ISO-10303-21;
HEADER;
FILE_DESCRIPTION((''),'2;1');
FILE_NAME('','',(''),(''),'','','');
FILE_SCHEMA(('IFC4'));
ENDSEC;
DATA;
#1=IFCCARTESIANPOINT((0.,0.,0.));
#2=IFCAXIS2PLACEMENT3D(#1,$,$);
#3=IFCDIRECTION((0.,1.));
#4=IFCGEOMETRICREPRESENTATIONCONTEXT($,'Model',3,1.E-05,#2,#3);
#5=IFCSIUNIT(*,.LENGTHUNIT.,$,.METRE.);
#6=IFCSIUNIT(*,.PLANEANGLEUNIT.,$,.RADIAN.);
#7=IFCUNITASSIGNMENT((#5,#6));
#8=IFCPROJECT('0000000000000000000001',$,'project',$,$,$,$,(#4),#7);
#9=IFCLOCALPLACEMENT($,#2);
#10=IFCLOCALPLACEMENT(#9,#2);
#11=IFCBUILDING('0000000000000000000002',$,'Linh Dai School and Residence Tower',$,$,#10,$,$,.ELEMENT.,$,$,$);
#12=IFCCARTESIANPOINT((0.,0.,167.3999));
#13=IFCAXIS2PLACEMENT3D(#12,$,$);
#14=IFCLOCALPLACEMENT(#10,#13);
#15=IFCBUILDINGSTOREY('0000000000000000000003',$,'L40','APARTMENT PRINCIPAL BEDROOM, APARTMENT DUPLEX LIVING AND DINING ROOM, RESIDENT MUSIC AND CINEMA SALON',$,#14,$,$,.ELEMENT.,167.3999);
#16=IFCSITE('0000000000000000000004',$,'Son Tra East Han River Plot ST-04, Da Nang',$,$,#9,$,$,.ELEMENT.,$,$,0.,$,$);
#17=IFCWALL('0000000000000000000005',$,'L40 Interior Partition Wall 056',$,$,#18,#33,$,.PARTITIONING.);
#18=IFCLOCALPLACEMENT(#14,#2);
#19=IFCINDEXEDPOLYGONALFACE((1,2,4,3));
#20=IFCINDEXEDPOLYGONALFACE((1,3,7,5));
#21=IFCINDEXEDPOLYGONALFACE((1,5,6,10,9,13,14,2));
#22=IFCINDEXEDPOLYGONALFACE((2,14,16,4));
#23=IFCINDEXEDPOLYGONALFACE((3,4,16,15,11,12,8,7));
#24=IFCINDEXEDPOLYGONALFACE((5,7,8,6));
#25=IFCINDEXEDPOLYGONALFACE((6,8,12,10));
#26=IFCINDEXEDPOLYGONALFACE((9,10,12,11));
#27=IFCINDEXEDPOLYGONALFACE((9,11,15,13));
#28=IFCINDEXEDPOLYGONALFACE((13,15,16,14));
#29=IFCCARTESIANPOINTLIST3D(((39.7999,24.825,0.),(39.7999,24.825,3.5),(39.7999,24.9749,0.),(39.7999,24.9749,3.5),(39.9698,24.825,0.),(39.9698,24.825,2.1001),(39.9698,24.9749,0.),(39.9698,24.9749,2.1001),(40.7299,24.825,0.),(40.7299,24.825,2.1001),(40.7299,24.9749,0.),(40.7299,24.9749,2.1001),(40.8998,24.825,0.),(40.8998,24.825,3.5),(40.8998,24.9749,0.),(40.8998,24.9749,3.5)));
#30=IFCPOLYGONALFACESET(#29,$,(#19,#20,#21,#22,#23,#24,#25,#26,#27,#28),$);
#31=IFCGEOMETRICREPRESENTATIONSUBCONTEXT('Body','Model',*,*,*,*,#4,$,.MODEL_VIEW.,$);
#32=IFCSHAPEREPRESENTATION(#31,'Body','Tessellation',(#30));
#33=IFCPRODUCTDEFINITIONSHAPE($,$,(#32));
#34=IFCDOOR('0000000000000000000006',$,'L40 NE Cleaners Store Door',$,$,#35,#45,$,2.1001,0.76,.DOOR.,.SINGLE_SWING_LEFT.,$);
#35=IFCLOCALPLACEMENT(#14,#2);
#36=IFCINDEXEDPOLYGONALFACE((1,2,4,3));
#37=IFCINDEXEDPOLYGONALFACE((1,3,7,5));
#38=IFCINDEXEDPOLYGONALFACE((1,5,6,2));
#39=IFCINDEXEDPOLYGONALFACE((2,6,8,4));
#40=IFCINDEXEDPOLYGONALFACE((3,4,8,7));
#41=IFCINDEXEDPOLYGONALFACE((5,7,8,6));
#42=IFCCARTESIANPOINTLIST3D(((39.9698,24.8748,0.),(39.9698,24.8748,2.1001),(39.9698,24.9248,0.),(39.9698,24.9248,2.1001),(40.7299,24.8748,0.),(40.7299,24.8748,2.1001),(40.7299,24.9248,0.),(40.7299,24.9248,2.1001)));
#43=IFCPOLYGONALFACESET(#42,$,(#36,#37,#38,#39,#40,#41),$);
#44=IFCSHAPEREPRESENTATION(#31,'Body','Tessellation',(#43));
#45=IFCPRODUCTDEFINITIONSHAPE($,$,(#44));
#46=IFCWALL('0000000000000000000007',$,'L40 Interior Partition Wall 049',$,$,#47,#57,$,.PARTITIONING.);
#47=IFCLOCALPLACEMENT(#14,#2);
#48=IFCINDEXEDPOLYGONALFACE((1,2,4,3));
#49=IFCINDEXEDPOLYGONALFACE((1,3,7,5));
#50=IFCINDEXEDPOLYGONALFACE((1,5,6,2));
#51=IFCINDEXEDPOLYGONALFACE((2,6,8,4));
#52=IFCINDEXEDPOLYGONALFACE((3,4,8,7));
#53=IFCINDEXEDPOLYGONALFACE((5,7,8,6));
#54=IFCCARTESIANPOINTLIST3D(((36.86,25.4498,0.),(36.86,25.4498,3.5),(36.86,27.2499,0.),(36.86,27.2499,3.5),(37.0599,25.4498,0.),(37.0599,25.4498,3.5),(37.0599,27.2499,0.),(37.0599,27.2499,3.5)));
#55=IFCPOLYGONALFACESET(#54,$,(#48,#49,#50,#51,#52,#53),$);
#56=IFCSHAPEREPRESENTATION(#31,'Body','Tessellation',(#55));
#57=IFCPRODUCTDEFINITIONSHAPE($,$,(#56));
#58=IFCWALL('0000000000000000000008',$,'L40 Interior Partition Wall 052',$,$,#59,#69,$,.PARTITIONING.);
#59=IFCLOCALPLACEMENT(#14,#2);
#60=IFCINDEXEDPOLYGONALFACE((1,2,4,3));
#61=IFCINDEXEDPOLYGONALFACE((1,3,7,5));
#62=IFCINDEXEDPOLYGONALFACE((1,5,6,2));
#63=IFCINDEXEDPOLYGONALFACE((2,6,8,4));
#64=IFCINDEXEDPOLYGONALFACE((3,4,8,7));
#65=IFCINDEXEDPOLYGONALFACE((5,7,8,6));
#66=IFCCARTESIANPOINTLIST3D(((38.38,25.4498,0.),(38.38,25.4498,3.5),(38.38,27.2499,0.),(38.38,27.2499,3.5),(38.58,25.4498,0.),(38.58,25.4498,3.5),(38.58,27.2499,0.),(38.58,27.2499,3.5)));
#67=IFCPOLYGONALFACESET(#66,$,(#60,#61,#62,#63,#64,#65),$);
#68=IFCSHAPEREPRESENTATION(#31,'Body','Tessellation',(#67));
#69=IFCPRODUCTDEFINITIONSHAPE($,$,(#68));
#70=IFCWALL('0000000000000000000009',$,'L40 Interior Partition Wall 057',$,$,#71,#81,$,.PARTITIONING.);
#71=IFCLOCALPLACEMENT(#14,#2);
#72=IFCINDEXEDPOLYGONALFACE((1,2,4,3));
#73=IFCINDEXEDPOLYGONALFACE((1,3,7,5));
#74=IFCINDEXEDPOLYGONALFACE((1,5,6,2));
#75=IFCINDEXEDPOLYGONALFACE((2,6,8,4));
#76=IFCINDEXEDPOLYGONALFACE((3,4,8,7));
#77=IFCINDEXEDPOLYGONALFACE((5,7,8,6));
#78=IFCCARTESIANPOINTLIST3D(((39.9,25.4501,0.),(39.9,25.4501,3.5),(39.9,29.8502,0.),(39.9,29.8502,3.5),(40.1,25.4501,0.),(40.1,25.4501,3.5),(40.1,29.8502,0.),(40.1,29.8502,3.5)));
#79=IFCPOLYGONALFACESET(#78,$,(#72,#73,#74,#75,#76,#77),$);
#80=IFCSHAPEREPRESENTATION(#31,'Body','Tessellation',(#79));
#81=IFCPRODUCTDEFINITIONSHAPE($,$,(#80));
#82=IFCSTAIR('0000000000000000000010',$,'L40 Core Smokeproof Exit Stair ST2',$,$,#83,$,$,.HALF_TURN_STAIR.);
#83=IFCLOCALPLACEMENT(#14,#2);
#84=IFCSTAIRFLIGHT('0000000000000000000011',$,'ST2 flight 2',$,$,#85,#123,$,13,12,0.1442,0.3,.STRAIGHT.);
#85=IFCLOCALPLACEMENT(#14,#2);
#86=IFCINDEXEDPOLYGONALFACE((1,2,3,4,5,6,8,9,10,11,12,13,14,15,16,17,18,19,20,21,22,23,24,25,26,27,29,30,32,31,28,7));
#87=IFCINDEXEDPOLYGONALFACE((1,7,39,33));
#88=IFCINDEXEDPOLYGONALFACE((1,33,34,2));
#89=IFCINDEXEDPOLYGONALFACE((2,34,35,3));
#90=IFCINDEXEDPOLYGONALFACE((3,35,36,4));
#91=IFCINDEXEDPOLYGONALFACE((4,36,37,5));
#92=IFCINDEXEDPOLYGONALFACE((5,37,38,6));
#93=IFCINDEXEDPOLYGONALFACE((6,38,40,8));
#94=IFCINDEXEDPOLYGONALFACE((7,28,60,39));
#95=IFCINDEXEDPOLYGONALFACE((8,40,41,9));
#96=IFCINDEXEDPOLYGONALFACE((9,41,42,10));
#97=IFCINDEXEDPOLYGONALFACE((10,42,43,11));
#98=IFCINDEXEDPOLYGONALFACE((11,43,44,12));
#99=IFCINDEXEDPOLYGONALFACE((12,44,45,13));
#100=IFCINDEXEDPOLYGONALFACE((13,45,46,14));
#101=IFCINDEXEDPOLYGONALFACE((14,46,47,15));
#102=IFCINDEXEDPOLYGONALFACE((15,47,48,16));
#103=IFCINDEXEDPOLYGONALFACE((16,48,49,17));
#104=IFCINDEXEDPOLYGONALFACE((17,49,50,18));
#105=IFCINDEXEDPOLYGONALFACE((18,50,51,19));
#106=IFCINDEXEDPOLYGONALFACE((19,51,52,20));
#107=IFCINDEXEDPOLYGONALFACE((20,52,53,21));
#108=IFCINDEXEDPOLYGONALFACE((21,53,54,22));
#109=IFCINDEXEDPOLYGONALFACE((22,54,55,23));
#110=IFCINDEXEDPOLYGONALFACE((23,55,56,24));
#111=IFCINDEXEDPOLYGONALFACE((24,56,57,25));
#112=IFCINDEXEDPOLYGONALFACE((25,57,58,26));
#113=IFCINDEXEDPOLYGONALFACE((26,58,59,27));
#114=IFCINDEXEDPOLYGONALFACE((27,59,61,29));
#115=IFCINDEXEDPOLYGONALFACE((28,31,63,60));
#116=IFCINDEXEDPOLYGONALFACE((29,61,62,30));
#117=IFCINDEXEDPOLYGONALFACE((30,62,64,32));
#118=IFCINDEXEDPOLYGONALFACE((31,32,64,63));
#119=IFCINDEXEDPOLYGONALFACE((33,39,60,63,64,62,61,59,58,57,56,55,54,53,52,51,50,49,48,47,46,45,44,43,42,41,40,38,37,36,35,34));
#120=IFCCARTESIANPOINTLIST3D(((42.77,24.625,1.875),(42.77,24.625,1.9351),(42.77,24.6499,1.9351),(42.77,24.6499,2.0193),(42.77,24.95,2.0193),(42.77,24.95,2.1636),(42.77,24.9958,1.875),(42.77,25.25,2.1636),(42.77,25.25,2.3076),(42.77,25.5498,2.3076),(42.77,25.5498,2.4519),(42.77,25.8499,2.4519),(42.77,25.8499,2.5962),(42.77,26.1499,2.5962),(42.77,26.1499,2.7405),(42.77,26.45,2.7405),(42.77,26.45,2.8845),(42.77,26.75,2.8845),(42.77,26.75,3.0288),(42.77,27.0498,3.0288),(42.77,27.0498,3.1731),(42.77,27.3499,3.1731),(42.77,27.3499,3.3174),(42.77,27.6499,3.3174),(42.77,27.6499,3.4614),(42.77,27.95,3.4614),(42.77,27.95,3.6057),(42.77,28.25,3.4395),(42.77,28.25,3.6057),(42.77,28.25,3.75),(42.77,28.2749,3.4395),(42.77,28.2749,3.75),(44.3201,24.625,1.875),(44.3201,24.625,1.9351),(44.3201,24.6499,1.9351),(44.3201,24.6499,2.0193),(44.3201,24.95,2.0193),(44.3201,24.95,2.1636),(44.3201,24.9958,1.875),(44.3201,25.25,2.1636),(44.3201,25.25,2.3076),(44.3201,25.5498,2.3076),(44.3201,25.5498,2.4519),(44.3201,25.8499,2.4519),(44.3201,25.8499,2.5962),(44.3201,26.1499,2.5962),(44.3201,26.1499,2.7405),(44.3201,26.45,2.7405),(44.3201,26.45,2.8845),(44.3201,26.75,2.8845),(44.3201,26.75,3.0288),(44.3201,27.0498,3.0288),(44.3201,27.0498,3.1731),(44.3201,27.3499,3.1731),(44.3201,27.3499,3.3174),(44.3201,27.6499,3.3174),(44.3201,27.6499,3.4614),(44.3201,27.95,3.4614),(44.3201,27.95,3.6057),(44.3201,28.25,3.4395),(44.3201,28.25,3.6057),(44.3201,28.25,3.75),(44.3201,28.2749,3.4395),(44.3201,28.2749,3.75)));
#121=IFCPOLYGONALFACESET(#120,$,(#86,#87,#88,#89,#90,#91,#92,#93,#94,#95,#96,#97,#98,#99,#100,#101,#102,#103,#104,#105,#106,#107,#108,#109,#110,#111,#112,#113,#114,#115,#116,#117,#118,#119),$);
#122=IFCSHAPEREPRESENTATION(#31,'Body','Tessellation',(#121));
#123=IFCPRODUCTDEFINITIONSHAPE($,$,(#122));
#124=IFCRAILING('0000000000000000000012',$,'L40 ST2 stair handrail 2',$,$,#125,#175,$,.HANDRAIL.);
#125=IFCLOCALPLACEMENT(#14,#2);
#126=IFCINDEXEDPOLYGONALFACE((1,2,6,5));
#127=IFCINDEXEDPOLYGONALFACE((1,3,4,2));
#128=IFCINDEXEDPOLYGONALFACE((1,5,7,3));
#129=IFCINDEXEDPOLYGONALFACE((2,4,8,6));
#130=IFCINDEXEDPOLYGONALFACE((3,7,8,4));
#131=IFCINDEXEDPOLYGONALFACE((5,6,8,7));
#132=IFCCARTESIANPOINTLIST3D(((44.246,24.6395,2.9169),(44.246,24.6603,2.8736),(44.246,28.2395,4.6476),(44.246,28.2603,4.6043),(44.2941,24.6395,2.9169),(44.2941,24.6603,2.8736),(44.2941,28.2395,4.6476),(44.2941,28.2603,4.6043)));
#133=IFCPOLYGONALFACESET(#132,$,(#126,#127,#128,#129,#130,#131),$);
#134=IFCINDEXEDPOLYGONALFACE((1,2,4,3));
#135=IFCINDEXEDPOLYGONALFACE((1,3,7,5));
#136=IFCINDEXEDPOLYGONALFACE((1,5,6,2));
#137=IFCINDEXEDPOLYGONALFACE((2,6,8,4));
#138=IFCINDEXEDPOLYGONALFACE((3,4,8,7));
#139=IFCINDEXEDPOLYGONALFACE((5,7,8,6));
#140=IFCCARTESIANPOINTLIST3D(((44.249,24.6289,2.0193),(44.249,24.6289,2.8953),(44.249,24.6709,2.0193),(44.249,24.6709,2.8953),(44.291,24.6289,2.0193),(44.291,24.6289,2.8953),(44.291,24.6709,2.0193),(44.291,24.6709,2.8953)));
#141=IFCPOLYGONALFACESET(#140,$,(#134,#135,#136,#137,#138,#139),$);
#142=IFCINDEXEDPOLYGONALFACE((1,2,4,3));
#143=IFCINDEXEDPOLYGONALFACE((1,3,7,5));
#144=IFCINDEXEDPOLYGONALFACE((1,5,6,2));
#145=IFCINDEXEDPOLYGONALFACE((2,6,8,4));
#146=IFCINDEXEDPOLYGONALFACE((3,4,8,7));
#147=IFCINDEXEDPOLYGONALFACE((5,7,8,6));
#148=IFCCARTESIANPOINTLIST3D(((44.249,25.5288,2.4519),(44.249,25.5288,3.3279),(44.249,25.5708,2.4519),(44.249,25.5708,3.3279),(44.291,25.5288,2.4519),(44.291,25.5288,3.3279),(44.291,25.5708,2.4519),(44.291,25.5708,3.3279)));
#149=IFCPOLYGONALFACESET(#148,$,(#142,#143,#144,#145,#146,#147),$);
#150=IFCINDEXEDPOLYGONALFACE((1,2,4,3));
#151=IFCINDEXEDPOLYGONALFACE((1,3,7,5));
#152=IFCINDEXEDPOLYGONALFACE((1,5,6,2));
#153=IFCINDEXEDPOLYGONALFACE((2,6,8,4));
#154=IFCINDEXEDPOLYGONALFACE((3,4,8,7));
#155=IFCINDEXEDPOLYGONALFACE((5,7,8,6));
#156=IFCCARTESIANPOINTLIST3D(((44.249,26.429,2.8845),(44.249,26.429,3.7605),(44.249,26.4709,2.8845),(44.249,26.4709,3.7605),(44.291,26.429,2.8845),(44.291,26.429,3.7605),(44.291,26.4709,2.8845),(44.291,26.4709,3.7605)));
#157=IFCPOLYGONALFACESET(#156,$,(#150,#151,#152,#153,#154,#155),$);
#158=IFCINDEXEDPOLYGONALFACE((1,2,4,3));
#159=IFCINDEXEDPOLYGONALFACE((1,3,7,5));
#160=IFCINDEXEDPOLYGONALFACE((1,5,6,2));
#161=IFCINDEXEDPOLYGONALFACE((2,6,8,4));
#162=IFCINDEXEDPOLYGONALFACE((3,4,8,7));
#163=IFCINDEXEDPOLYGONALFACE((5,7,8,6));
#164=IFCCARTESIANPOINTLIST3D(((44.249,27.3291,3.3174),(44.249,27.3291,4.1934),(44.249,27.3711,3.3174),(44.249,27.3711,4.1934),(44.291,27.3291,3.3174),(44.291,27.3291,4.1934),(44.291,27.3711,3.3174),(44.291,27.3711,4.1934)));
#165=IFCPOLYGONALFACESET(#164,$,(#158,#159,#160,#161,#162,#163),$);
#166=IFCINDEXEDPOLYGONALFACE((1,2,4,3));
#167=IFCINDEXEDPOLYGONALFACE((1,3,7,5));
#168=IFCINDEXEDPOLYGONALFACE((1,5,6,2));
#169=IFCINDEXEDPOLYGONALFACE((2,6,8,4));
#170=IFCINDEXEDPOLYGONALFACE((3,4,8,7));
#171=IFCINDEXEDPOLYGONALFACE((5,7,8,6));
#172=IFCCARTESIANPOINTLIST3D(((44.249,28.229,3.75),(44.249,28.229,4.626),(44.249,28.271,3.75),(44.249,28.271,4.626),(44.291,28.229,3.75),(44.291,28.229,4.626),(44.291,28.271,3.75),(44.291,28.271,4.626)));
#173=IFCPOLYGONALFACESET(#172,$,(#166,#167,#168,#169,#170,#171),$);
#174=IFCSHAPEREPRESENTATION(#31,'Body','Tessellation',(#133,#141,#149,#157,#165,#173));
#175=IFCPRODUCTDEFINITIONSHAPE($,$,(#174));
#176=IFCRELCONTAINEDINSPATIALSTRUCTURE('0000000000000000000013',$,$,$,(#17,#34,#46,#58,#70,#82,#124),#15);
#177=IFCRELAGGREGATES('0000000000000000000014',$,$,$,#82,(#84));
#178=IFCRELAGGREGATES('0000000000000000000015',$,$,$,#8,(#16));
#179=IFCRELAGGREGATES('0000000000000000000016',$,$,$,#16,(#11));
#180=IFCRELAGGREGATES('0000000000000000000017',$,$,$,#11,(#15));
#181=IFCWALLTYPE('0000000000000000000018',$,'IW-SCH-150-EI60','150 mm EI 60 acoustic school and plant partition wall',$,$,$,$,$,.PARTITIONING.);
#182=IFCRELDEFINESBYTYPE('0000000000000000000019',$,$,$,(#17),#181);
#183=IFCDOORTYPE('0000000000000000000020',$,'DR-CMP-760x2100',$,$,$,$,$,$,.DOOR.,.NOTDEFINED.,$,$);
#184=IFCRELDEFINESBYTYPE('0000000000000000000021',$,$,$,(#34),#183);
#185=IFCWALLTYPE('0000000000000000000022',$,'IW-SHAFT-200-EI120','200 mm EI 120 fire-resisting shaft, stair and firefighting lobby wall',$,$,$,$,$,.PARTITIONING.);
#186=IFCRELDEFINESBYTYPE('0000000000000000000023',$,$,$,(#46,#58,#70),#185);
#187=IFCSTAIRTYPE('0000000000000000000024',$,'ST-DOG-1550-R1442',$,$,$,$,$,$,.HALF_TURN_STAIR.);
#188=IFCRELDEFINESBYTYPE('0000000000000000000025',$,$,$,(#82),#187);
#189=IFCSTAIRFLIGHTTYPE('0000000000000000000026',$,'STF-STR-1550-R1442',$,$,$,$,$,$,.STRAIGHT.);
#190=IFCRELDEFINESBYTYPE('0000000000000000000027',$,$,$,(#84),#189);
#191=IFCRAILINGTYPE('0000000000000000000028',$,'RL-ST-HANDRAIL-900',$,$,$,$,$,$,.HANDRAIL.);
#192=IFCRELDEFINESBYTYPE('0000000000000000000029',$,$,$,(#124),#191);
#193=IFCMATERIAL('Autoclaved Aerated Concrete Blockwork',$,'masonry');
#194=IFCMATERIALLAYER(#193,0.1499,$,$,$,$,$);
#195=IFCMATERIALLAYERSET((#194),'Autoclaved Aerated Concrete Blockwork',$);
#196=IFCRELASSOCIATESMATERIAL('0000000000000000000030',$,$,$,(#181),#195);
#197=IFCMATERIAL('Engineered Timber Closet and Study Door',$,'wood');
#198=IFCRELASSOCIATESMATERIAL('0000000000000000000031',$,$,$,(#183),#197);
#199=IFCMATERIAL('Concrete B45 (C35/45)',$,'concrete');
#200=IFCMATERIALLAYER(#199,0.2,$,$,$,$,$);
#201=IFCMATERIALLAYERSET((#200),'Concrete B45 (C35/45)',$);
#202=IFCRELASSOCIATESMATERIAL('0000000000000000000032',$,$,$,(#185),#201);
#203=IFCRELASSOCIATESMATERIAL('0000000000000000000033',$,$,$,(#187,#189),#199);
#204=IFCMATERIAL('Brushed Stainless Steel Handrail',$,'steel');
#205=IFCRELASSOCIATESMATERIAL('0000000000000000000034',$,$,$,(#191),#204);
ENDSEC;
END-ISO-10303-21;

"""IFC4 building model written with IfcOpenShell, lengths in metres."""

from ifc_helpers import new_model, si_unit, direction, frame, frame_2d, origin, origin_2d, place, context, subcontext, project, spatial, polyline, rectangle, outline, extrude, source, transform, mapped, material, layer, layer_set, type_object, element, fill, aggregate, save


model = new_model("IFC4")

# Units and contexts
model_context = context("Model", 3, precision=1e-05, world=origin(), true_north=direction((0.0, 1.0)))
body_context = subcontext(model_context, "Body", "Model", "MODEL_VIEW")
ifc_project = project(units=[si_unit("LENGTHUNIT", "METRE"), si_unit("PLANEANGLEUNIT", "RADIAN")], contexts=[model_context])

# Site, building, storey
site_placement = place(None, origin())
site = spatial("IfcSite", under=ifc_project, at=site_placement, Name="Son Tra East Han River Plot ST-04, Da Nang", CompositionType="ELEMENT", RefElevation=0.0)
building_placement = place(site_placement, origin())
building = spatial("IfcBuilding", under=site, at=building_placement, Name="Linh Dai School and Residence Tower", CompositionType="ELEMENT")
storey_placement = place(building_placement, frame((0.0, 0.0, 167.3999)))
storey = spatial("IfcBuildingStorey", under=building, at=storey_placement, Name="L40", Description="APARTMENT PRINCIPAL BEDROOM, APARTMENT DUPLEX LIVING AND DINING ROOM, RESIDENT MUSIC AND CINEMA SALON", CompositionType="ELEMENT", Elevation=167.3999)

# Shared definitions
ifc_material_1 = material(Name="Autoclaved Aerated Concrete Blockwork", Category="masonry")

# Wall, opening, door
ifc_layer_1 = layer(ifc_material_1, 0.1499)
ifc_layer_set_1 = layer_set([ifc_layer_1], Name="Autoclaved Aerated Concrete Blockwork")
wall_type_1 = type_object("IfcWallType", Name="IW-SCH-150-EI60", Description="150 mm EI 60 acoustic school and plant partition wall", PredefinedType="PARTITIONING", material=ifc_layer_set_1)
wall_1_placement = place(storey_placement, frame((39.8, 24.8999, 0.0), z_axis=(0.0, 0.0, 1.0), x_axis=(1.0, 0.0, 0.0)))
wall_1 = element("IfcWall", 1, at=wall_1_placement, inside=storey, type_object=wall_type_1, Name="L40 Interior Partition Wall 056", PredefinedType="PARTITIONING", context=body_context, shape_type="SweptSolid", body=[
    extrude(rectangle(XDim=1.0999, YDim=0.1499, at=frame_2d((0.5498, 0.0))), origin(), (0.0, 0.0, 1.0), 3.5),
])
opening_1_placement = place(wall_1_placement, frame((0.1699, 0.0, 0.0)))
opening_1 = element("IfcOpeningElement", 2, at=opening_1_placement, cuts=wall_1, PredefinedType="OPENING", context=body_context, shape_type="SweptSolid", body=[
    extrude(rectangle(XDim=0.76, YDim=2.1001, at=origin_2d()), frame((0.3799, 0.085, 1.05), z_axis=(0.0, -1.0, 0.0), x_axis=(1.0, 0.0, 0.0)), (0.0, 0.0, 1.0), 0.1699),
])
ifc_material_2 = material(Name="Engineered Timber Closet and Study Door", Category="wood")
door_type_1 = type_object("IfcDoorType", Name="DR-CMP-760x2100", OperationType="NOTDEFINED", PredefinedType="DOOR", material=ifc_material_2)
shared_shape_1 = source(origin(), body_context, "Body", "SweptSolid", [
    extrude(rectangle(XDim=0.76, YDim=2.1001, at=origin_2d()), frame((0.3799, 0.0249, 1.05), z_axis=(0.0, -1.0, 0.0), x_axis=(1.0, 0.0, 0.0)), (0.0, 0.0, 1.0), 0.05),
])
door_1_placement = place(opening_1_placement, origin())
door_1 = element("IfcDoor", 3, at=door_1_placement, inside=storey, type_object=door_type_1, Name="L40 NE Cleaners Store Door", OperationType="SINGLE_SWING_LEFT", OverallHeight=2.1001, OverallWidth=0.76, PredefinedType="DOOR", context=body_context, shape_type="MappedRepresentation", body=[
    mapped(shared_shape_1, transform((0.0, 0.0, 0.0), x_axis=(1.0, 0.0, 0.0), y_axis=(0.0, 1.0, 0.0), z_axis=(0.0, 0.0, 1.0), scale=1.0)),
])
fill(opening_1, door_1)

# Walls
ifc_material_3 = material(Name="Concrete B45 (C35/45)", Category="concrete")
ifc_layer_2 = layer(ifc_material_3, 0.2)
ifc_layer_set_2 = layer_set([ifc_layer_2], Name="Concrete B45 (C35/45)")
wall_type_2 = type_object("IfcWallType", Name="IW-SHAFT-200-EI120", Description="200 mm EI 120 fire-resisting shaft, stair and firefighting lobby wall", PredefinedType="PARTITIONING", material=ifc_layer_set_2)
for number, where, z_axis, x_axis, name in (
    (4, (36.96, 25.45, 0.0), (0.0, 0.0, 1.0), (0.0, 1.0, 0.0), "L40 Interior Partition Wall 049"),
    (5, (38.48, 25.45, 0.0), (0.0, 0.0, 1.0), (0.0, 1.0, 0.0), "L40 Interior Partition Wall 052"),
):
    element("IfcWall", number, at=place(storey_placement, frame(where, z_axis=z_axis, x_axis=x_axis)), inside=storey, type_object=wall_type_2, Name=name, PredefinedType="PARTITIONING", context=body_context, shape_type="SweptSolid", body=[
        extrude(rectangle(XDim=1.8, YDim=0.2, at=frame_2d((0.8999, 0.0))), origin(), (0.0, 0.0, 1.0), 3.5),
    ])
wall_2_placement = place(storey_placement, frame((40.0, 25.45, 0.0), z_axis=(0.0, 0.0, 1.0), x_axis=(0.0, 1.0, 0.0)))
element("IfcWall", 6, at=wall_2_placement, inside=storey, type_object=wall_type_2, Name="L40 Interior Partition Wall 057", PredefinedType="PARTITIONING", context=body_context, shape_type="SweptSolid", body=[
    extrude(rectangle(XDim=4.4001, YDim=0.2, at=frame_2d((2.2002, 0.0))), origin(), (0.0, 0.0, 1.0), 3.5),
])

# Stair, stair flight
stair_type = type_object("IfcStairType", Name="ST-DOG-1550-R1442", PredefinedType="HALF_TURN_STAIR", material=ifc_material_3)
stair_placement = place(storey_placement, origin())
stair = element("IfcStair", 7, at=stair_placement, inside=storey, type_object=stair_type, Name="L40 Core Smokeproof Exit Stair ST2", PredefinedType="HALF_TURN_STAIR")
stair_flight_type = type_object("IfcStairFlightType", Name="STF-STR-1550-R1442", PredefinedType="STRAIGHT", material=ifc_material_3)
shared_shape_2 = source(origin(), body_context, "Body", "SweptSolid", [
    extrude(outline(polyline([(-0.0249, 0.0), (-0.0249, 0.0601), (0.0, 0.0601), (0.0, 0.1443), (0.3, 0.1443), (0.3, 0.2886), (0.6001, 0.2886), (0.6001, 0.4326), (0.8999, 0.4326), (0.8999, 0.5769), (1.2, 0.5769), (1.2, 0.7212), (1.5, 0.7212), (1.5, 0.8655), (1.8, 0.8655), (1.8, 1.0095), (2.1001, 1.0095), (2.1001, 1.1538), (2.3999, 1.1538), (2.3999, 1.2981), (2.7, 1.2981), (2.7, 1.4424), (3.0, 1.4424), (3.0, 1.5864), (3.3, 1.5864), (3.3, 1.7307), (3.6001, 1.7307), (3.6001, 1.875), (3.625, 1.875), (3.625, 1.5645), (3.6001, 1.5645), (0.3459, 0.0), (-0.0249, 0.0)])), frame((0.0, 0.7749, 0.0), z_axis=(0.0, -1.0, 0.0), x_axis=(1.0, 0.0, 0.0)), (0.0, 0.0, 1.0), 1.55),
])
stair_flight_placement = place(storey_placement, frame((43.5449, 24.6499, 1.875), z_axis=(0.0, 0.0, 1.0), x_axis=(0.0, 1.0, 0.0)))
stair_flight = element("IfcStairFlight", 8, at=stair_flight_placement, type_object=stair_flight_type, Name="ST2 flight 2", NumberOfRisers=13, NumberOfTreads=12, PredefinedType="STRAIGHT", RiserHeight=0.1442, TreadLength=0.3, context=body_context, shape_type="MappedRepresentation", body=[
    mapped(shared_shape_2, transform((0.0, 0.0, 0.0), x_axis=(1.0, 0.0, 0.0), y_axis=(0.0, 1.0, 0.0), z_axis=(0.0, 0.0, 1.0), scale=1.0)),
])
aggregate(stair, [stair_flight])

# Railing
ifc_material_4 = material(Name="Brushed Stainless Steel Handrail", Category="steel")
railing_type_1 = type_object("IfcRailingType", Name="RL-ST-HANDRAIL-900", PredefinedType="HANDRAIL", material=ifc_material_4)
shared_shape_3 = source(origin(), body_context, "Body", "SweptSolid", [
    extrude(rectangle(XDim=0.0481, YDim=0.0481, at=origin_2d()), frame((0.0, 0.0, 0.876), z_axis=(0.0, 0.901263, 0.433273), x_axis=(-1.0, 0.0, 0.0)), (0.0, 0.0, 1.0), 3.9944),
    extrude(rectangle(XDim=0.042, YDim=0.042, at=origin_2d()), origin(), (0.0, 0.0, 1.0), 0.876),
    extrude(rectangle(XDim=0.042, YDim=0.042, at=origin_2d()), frame((0.0, 0.8999, 0.4326)), (0.0, 0.0, 1.0), 0.876),
    extrude(rectangle(XDim=0.042, YDim=0.042, at=origin_2d()), frame((0.0, 1.8, 0.8652)), (0.0, 0.0, 1.0), 0.876),
    extrude(rectangle(XDim=0.042, YDim=0.042, at=origin_2d()), frame((0.0, 2.7002, 1.2981)), (0.0, 0.0, 1.0), 0.876),
    extrude(rectangle(XDim=0.042, YDim=0.042, at=origin_2d()), frame((0.0, 3.6001, 1.7307)), (0.0, 0.0, 1.0), 0.876),
])
railing_1_placement = place(storey_placement, frame((44.27, 24.6499, 2.0193)))
element("IfcRailing", 9, at=railing_1_placement, inside=storey, type_object=railing_type_1, Name="L40 ST2 stair handrail 2", PredefinedType="HANDRAIL", context=body_context, shape_type="MappedRepresentation", body=[
    mapped(shared_shape_3, transform((0.0, 0.0, 0.0), x_axis=(1.0, 0.0, 0.0), y_axis=(0.0, 1.0, 0.0), z_axis=(0.0, 0.0, 1.0), scale=1.0)),
])

save(model, "model.ifc")
